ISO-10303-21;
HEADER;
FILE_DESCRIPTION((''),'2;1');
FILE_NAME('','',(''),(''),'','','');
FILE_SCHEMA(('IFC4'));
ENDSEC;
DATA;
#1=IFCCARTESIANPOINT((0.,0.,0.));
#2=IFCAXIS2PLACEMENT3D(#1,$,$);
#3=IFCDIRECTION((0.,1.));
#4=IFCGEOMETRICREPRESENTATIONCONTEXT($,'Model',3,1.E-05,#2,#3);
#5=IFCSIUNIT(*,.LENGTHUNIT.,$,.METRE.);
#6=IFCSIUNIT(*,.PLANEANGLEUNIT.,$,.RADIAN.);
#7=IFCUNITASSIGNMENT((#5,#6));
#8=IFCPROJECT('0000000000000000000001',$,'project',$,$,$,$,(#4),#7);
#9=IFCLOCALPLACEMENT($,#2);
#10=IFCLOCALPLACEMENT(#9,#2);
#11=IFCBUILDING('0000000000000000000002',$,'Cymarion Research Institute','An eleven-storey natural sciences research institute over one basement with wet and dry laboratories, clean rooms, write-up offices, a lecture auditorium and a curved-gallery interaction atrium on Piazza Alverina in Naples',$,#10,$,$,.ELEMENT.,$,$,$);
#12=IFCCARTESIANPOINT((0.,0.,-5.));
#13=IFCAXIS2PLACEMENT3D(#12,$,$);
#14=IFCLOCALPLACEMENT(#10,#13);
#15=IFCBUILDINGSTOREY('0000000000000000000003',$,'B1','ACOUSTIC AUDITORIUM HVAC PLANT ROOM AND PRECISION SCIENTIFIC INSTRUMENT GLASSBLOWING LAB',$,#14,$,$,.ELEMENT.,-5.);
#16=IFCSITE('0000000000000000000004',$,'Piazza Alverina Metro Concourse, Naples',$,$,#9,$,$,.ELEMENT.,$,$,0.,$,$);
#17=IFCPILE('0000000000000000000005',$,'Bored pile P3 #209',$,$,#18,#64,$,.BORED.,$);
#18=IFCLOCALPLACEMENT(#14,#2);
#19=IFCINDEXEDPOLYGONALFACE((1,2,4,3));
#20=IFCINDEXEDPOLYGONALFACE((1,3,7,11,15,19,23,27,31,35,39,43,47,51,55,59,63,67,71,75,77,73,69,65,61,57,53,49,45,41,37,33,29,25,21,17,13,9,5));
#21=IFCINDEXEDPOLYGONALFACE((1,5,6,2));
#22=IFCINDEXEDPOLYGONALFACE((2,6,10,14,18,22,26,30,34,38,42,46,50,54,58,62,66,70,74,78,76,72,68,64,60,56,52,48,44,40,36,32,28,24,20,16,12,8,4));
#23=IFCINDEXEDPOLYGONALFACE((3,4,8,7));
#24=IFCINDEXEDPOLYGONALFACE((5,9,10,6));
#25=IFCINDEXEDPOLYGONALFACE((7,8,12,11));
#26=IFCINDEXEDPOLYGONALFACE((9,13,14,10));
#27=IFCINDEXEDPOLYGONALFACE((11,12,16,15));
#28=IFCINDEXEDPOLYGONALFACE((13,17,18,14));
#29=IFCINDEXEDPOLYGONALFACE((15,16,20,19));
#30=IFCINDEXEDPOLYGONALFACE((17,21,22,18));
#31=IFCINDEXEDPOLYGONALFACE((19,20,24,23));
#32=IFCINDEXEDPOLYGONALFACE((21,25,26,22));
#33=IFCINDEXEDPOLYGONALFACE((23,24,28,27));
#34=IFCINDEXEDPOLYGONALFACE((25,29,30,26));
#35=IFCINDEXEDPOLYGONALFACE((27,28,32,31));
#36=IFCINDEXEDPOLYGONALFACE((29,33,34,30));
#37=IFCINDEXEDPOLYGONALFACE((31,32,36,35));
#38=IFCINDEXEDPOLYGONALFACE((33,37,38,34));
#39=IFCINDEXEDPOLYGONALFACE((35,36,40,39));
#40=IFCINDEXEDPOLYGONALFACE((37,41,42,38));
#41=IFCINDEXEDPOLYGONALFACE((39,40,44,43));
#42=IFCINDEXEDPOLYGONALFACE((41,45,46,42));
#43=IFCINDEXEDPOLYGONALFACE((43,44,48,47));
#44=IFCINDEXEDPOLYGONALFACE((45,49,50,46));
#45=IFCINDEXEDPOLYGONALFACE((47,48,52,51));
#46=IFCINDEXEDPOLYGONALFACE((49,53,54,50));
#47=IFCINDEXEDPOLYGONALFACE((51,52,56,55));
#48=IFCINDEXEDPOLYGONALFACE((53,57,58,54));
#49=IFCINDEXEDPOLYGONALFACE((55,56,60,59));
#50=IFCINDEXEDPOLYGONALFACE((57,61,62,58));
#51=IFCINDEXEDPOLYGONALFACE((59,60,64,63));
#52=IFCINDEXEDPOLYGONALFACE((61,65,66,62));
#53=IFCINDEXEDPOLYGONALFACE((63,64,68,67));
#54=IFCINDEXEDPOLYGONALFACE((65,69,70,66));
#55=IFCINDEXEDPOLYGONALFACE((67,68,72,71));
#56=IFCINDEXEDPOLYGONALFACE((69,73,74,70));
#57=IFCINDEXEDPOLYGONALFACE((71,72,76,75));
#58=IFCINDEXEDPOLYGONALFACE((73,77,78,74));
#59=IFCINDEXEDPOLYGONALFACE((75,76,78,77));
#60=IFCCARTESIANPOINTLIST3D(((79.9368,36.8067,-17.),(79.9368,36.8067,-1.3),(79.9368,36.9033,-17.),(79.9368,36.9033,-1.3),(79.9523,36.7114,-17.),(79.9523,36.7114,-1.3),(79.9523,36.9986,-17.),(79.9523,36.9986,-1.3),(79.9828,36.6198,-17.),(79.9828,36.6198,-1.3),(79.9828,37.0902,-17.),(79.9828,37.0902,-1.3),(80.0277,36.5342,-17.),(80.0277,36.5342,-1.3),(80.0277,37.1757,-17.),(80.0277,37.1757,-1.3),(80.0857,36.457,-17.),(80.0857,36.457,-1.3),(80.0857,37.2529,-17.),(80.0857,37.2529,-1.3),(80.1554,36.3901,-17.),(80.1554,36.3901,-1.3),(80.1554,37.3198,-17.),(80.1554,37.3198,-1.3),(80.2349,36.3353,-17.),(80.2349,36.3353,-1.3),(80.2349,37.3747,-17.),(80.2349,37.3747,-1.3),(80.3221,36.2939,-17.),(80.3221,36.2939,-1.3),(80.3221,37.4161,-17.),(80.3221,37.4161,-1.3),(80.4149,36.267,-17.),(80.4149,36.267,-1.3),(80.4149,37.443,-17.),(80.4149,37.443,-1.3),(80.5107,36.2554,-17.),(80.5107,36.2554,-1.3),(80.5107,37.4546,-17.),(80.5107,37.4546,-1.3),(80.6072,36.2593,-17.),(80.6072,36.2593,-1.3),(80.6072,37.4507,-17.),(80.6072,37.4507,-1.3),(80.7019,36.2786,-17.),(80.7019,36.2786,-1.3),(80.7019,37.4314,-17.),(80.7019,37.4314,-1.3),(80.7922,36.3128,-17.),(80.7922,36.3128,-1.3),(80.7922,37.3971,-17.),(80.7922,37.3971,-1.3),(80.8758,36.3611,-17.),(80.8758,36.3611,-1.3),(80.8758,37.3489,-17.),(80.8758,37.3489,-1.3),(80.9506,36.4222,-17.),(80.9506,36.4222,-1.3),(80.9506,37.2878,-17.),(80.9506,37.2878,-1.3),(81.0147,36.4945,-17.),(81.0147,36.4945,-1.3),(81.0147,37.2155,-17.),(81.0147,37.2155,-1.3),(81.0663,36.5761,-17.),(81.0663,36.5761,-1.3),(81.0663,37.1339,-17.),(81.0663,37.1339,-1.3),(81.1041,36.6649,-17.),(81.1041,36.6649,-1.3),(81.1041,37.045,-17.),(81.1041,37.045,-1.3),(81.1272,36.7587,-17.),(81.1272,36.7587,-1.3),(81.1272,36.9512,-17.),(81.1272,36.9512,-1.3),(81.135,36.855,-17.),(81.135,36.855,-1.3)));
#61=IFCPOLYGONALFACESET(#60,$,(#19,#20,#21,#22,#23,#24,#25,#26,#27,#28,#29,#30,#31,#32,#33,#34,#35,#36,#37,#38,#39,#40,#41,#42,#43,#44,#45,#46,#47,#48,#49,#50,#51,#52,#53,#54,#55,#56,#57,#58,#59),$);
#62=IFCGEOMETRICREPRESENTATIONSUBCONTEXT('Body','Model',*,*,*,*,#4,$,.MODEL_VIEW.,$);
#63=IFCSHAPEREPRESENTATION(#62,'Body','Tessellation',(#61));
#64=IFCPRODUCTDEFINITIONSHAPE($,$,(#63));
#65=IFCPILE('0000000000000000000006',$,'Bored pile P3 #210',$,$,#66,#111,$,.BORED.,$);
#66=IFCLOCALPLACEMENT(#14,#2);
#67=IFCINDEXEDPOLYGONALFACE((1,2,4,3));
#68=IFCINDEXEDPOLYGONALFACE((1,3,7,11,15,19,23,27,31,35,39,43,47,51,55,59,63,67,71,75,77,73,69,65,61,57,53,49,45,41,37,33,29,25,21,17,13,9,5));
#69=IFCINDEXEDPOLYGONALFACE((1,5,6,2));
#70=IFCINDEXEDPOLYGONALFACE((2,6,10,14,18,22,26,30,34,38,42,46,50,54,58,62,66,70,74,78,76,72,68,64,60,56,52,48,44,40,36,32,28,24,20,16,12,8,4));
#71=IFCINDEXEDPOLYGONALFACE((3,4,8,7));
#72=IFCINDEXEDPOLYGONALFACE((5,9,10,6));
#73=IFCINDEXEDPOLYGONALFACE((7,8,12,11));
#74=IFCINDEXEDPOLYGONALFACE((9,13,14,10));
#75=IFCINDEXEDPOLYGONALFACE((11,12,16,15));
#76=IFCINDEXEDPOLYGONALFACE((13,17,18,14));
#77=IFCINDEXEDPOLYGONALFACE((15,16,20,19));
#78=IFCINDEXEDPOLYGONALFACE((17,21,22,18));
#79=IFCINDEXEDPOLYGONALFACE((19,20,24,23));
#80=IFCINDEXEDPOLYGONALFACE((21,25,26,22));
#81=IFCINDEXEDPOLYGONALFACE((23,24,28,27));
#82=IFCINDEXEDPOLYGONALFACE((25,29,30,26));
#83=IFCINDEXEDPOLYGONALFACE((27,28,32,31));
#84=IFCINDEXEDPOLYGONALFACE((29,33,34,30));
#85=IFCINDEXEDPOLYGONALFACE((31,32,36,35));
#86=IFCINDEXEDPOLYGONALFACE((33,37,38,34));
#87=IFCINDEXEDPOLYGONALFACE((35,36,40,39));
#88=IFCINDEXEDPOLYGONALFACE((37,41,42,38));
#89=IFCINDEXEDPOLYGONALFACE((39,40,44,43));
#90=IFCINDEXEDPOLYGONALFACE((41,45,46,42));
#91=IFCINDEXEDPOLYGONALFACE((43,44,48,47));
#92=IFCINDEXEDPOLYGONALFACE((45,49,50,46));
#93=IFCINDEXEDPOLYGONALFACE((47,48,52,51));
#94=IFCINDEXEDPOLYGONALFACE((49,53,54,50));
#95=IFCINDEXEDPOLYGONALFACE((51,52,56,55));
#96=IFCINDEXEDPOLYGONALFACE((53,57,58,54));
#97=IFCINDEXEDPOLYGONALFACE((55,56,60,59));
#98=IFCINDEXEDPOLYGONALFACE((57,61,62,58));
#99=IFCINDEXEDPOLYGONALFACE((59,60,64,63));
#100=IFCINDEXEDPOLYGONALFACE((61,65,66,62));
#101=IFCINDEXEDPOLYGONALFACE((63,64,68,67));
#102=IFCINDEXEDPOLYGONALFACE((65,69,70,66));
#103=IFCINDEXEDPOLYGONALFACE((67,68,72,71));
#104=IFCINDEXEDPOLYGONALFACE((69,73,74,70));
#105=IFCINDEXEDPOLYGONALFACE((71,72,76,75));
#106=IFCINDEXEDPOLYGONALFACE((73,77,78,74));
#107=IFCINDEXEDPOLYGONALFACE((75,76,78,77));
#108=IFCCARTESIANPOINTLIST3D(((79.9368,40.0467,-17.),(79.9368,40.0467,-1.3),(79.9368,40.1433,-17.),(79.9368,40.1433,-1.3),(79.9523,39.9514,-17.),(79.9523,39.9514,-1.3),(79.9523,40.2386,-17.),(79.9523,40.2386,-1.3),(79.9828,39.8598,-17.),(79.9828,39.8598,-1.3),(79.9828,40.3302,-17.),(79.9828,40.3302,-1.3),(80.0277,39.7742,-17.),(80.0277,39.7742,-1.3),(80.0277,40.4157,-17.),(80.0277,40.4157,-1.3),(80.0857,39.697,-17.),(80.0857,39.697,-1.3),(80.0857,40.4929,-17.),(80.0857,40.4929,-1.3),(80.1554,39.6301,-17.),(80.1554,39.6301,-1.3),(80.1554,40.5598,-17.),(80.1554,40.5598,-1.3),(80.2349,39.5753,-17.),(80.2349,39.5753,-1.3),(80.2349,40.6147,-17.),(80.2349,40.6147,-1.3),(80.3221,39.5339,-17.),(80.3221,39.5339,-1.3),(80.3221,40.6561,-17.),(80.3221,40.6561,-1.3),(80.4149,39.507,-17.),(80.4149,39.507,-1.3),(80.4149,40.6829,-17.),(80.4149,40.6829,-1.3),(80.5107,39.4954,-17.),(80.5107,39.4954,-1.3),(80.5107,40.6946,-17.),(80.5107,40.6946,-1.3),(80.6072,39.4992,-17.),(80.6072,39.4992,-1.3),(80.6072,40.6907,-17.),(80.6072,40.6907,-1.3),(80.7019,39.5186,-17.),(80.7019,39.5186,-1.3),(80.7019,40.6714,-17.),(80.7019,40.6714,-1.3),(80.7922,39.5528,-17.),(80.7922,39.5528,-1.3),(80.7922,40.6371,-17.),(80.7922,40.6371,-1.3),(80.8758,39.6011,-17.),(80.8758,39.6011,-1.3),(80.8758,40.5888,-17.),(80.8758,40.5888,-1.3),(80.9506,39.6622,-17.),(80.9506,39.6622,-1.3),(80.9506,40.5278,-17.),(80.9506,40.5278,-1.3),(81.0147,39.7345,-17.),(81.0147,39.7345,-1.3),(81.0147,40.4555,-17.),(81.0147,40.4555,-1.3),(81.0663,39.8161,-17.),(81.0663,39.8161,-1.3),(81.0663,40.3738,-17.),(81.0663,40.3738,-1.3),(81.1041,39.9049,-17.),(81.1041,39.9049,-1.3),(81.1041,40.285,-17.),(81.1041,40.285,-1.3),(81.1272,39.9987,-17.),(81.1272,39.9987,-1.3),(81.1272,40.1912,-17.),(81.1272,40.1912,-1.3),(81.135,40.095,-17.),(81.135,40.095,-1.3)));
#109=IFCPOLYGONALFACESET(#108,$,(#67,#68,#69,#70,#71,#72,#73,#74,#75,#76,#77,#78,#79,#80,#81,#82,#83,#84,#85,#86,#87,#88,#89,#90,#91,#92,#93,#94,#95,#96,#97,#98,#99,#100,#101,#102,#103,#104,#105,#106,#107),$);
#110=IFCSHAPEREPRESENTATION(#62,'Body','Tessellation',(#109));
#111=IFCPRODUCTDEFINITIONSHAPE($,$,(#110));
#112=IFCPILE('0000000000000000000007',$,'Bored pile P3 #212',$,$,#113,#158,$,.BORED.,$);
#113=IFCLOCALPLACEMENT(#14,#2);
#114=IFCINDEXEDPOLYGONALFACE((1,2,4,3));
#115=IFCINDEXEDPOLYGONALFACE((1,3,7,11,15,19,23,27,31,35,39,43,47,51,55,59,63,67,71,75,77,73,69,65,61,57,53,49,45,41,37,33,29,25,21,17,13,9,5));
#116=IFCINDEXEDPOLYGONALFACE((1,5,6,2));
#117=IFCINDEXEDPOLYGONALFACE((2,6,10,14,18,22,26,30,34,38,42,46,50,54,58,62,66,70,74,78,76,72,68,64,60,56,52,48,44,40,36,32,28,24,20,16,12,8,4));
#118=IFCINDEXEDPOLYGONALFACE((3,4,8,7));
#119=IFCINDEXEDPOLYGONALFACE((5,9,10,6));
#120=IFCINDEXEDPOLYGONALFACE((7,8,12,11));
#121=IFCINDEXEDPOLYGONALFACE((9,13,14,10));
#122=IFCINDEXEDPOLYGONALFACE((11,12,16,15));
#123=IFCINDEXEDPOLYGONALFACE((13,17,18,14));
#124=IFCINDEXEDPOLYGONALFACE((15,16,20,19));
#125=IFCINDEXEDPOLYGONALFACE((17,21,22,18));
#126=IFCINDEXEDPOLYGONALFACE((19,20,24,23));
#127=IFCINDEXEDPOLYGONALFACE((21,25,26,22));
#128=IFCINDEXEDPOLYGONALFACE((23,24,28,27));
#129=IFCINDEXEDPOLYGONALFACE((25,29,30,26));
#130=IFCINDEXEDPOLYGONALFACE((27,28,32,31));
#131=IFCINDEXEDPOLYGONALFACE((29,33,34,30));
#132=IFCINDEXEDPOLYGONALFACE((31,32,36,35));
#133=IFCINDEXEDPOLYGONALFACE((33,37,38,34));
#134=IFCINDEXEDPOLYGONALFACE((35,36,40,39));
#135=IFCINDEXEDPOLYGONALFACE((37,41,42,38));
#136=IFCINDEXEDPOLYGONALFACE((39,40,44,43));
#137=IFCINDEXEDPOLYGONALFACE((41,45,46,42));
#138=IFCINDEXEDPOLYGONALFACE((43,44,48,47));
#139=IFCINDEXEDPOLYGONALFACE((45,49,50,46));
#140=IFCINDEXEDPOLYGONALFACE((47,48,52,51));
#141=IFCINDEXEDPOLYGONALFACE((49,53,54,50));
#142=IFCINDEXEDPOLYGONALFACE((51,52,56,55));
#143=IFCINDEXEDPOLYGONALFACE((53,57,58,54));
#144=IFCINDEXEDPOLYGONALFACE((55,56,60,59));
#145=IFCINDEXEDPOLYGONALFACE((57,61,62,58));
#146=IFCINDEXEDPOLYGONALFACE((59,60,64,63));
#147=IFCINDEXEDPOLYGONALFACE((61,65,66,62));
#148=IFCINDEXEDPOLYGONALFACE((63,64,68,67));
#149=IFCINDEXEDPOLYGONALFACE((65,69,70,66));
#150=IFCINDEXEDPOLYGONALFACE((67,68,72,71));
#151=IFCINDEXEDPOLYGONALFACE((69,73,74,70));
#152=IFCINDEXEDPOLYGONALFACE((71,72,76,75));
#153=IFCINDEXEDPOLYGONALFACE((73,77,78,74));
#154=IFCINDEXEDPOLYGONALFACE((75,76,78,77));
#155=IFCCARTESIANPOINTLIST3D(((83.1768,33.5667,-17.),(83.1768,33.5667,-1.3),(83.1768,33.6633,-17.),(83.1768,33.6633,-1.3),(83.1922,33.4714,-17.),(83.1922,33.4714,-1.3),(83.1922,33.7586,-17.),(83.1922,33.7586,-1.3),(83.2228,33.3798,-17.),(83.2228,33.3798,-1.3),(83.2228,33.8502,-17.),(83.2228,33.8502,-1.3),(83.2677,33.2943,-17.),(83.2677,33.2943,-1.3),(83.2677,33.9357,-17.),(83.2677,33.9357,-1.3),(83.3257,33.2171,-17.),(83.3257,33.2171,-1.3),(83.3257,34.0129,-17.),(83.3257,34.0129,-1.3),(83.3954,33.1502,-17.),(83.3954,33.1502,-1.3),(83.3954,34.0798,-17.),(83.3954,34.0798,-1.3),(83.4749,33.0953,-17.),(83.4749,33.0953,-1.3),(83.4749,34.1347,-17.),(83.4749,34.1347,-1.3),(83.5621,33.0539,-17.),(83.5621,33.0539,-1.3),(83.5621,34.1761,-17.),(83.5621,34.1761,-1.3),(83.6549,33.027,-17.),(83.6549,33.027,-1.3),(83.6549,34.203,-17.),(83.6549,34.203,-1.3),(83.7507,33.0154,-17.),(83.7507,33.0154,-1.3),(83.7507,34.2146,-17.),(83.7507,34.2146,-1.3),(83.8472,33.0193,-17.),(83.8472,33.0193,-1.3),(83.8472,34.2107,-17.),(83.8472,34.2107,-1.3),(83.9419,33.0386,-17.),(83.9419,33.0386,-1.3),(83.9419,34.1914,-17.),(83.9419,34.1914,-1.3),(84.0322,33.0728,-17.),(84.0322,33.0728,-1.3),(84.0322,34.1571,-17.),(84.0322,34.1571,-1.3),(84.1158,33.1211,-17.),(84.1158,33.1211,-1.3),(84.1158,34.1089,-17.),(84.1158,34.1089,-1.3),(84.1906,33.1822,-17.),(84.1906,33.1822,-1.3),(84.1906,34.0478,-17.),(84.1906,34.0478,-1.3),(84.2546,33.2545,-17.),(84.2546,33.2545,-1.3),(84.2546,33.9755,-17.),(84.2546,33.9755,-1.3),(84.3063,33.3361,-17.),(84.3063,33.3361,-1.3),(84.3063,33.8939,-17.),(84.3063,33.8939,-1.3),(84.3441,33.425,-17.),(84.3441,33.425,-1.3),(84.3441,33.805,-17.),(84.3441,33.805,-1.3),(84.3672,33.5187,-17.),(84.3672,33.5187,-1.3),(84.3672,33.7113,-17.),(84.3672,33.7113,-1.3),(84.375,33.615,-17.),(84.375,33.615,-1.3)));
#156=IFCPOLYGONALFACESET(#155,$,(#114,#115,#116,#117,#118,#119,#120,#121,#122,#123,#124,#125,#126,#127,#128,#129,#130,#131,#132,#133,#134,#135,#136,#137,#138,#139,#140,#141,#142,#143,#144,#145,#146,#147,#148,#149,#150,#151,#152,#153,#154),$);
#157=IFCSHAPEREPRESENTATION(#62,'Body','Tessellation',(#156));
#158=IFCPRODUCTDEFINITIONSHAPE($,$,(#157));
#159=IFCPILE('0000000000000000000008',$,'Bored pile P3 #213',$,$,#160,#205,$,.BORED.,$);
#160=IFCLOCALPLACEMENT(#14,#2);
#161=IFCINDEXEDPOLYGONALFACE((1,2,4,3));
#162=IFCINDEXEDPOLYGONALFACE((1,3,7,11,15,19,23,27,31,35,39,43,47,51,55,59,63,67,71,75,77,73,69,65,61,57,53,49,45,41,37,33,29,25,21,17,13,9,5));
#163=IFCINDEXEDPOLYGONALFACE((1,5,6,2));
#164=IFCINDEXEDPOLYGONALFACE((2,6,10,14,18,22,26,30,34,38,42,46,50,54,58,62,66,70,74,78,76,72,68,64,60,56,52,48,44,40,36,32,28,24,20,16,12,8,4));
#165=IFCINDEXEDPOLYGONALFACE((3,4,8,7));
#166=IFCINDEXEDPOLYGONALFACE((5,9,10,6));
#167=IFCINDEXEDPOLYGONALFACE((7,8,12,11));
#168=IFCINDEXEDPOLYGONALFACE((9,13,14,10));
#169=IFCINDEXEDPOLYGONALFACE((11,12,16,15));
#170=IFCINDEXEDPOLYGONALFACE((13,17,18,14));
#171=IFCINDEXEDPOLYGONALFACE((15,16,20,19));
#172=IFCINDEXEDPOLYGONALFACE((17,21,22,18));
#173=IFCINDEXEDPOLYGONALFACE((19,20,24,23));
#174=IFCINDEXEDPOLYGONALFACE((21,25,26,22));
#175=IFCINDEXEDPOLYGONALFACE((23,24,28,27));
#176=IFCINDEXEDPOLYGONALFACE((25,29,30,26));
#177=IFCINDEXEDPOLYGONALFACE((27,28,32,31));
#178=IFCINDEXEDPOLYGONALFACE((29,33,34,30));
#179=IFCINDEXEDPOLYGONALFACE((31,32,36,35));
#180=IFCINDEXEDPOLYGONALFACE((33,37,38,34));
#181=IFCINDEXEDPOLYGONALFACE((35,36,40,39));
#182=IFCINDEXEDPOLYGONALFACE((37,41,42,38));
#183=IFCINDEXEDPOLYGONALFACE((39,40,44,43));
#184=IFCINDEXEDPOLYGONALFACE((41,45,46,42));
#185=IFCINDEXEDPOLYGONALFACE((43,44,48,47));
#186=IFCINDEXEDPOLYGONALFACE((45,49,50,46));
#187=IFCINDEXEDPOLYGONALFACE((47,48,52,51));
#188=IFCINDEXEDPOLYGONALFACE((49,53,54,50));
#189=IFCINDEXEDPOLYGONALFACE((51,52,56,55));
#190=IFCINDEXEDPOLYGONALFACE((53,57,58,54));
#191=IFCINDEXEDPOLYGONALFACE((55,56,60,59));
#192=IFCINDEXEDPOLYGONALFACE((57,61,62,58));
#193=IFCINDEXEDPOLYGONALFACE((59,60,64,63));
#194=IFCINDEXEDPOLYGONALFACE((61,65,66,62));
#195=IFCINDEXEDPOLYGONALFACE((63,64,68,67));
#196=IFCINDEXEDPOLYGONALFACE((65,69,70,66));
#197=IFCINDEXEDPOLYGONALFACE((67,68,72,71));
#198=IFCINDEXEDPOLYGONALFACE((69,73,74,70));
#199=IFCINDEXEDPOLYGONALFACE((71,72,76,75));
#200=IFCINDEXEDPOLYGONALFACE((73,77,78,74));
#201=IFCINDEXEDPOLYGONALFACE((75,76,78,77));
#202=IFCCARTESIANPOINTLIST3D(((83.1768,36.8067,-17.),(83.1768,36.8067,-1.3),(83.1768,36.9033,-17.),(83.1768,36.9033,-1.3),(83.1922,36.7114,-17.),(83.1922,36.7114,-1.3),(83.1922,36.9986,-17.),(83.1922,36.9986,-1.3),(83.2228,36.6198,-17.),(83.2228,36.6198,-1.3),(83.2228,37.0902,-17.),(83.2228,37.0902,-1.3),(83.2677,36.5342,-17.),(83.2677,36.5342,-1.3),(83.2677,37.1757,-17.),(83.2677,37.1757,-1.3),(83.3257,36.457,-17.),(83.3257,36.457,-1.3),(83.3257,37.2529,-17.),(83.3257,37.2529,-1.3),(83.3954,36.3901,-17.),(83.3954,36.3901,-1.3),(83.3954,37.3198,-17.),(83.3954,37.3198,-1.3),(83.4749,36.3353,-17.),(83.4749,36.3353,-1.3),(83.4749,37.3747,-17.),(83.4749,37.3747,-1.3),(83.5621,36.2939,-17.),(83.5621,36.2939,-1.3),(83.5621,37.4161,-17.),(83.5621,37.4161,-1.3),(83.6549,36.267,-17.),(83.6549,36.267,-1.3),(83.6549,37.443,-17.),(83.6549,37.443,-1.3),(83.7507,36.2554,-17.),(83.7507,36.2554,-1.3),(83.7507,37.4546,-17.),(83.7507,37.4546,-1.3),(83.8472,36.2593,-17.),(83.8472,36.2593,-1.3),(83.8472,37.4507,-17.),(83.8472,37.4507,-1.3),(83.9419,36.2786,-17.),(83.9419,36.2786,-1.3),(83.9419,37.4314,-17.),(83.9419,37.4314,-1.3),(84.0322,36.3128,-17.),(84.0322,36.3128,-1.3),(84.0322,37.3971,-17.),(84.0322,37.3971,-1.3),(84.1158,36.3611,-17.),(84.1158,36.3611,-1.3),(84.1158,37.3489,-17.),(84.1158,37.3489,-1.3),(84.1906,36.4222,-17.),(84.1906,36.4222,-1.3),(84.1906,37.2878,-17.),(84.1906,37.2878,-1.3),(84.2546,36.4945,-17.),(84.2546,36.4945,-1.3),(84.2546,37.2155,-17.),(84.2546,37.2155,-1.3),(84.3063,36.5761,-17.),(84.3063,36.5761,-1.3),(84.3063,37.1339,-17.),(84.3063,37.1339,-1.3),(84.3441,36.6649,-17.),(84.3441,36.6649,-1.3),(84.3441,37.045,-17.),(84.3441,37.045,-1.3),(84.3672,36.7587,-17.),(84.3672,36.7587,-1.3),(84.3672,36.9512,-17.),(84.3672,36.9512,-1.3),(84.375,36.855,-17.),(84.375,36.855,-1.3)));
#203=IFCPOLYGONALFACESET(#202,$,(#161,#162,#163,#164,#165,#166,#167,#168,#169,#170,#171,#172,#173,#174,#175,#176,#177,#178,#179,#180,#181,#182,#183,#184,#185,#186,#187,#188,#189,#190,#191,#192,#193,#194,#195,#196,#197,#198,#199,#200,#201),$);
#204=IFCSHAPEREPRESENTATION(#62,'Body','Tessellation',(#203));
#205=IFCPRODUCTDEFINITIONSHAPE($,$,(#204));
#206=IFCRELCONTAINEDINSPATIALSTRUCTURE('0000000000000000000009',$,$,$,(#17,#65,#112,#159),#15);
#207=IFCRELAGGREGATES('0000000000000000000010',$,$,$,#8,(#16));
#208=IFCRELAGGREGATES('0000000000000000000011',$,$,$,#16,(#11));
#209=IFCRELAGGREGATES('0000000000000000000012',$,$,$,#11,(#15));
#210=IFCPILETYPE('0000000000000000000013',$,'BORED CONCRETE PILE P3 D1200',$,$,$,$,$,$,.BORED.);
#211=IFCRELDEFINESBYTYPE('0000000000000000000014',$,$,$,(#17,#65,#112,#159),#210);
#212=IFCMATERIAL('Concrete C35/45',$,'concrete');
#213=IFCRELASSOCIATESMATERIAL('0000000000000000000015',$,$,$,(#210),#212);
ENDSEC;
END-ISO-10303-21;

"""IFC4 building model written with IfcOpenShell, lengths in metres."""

from ifc_helpers import new_model, si_unit, direction, frame, origin, origin_2d, place, context, subcontext, project, spatial, circle, extrude, material, material_profile, profile_set, type_object, element, save


model = new_model("IFC4")

# Units and contexts
model_context = context("Model", 3, precision=1e-05, world=origin(), true_north=direction((0.0, 1.0)))
body_context = subcontext(model_context, "Body", "Model", "MODEL_VIEW")
ifc_project = project(units=[si_unit("LENGTHUNIT", "METRE"), si_unit("PLANEANGLEUNIT", "RADIAN")], contexts=[model_context])

# Site, building, storey
site_placement = place(None, origin())
site = spatial("IfcSite", under=ifc_project, at=site_placement, Name="Piazza Alverina Metro Concourse, Naples", CompositionType="ELEMENT", RefElevation=0.0)
building_placement = place(site_placement, origin())
building = spatial("IfcBuilding", under=site, at=building_placement, Name="Cymarion Research Institute", Description="An eleven-storey natural sciences research institute over one basement with wet and dry laboratories, clean rooms, write-up offices, a lecture auditorium and a curved-gallery interaction atrium on Piazza Alverina in Naples", CompositionType="ELEMENT")
storey_placement = place(building_placement, frame((0.0, 0.0, -5.0)))
storey = spatial("IfcBuildingStorey", under=building, at=storey_placement, Name="B1", Description="ACOUSTIC AUDITORIUM HVAC PLANT ROOM AND PRECISION SCIENTIFIC INSTRUMENT GLASSBLOWING LAB", CompositionType="ELEMENT", Elevation=-5.0)

# Piles
ifc_material_1 = material(Name="Concrete C35/45", Category="concrete")
ifc_material_profile_1 = material_profile(ifc_material_1, circle(Radius=0.6001, at=origin_2d()), Name="BORED PILE D1200")
ifc_profile_set_1 = profile_set([ifc_material_profile_1], Name="Concrete C35/45")
pile_type_1 = type_object("IfcPileType", Name="BORED CONCRETE PILE P3 D1200", PredefinedType="BORED", material=ifc_profile_set_1)
for number, where, z_axis, x_axis, name in (
    (1, (80.5349, 36.855, -1.3), (0.0, 0.0, -1.0), (1.0, 0.0, 0.0), "Bored pile P3 #209"),
    (2, (80.5349, 40.095, -1.3), (0.0, 0.0, -1.0), (1.0, 0.0, 0.0), "Bored pile P3 #210"),
    (3, (83.7749, 33.615, -1.3), (0.0, 0.0, -1.0), (1.0, 0.0, 0.0), "Bored pile P3 #212"),
    (4, (83.7749, 36.855, -1.3), (0.0, 0.0, -1.0), (1.0, 0.0, 0.0), "Bored pile P3 #213"),
):
    element("IfcPile", number, at=place(storey_placement, frame(where, z_axis=z_axis, x_axis=x_axis)), inside=storey, type_object=pile_type_1, Name=name, PredefinedType="BORED", context=body_context, shape_type="SweptSolid", body=[
        extrude(circle(Radius=0.6001, at=origin_2d()), origin(), (0.0, 0.0, 1.0), 15.7),
    ])

save(model, "model.ifc")
